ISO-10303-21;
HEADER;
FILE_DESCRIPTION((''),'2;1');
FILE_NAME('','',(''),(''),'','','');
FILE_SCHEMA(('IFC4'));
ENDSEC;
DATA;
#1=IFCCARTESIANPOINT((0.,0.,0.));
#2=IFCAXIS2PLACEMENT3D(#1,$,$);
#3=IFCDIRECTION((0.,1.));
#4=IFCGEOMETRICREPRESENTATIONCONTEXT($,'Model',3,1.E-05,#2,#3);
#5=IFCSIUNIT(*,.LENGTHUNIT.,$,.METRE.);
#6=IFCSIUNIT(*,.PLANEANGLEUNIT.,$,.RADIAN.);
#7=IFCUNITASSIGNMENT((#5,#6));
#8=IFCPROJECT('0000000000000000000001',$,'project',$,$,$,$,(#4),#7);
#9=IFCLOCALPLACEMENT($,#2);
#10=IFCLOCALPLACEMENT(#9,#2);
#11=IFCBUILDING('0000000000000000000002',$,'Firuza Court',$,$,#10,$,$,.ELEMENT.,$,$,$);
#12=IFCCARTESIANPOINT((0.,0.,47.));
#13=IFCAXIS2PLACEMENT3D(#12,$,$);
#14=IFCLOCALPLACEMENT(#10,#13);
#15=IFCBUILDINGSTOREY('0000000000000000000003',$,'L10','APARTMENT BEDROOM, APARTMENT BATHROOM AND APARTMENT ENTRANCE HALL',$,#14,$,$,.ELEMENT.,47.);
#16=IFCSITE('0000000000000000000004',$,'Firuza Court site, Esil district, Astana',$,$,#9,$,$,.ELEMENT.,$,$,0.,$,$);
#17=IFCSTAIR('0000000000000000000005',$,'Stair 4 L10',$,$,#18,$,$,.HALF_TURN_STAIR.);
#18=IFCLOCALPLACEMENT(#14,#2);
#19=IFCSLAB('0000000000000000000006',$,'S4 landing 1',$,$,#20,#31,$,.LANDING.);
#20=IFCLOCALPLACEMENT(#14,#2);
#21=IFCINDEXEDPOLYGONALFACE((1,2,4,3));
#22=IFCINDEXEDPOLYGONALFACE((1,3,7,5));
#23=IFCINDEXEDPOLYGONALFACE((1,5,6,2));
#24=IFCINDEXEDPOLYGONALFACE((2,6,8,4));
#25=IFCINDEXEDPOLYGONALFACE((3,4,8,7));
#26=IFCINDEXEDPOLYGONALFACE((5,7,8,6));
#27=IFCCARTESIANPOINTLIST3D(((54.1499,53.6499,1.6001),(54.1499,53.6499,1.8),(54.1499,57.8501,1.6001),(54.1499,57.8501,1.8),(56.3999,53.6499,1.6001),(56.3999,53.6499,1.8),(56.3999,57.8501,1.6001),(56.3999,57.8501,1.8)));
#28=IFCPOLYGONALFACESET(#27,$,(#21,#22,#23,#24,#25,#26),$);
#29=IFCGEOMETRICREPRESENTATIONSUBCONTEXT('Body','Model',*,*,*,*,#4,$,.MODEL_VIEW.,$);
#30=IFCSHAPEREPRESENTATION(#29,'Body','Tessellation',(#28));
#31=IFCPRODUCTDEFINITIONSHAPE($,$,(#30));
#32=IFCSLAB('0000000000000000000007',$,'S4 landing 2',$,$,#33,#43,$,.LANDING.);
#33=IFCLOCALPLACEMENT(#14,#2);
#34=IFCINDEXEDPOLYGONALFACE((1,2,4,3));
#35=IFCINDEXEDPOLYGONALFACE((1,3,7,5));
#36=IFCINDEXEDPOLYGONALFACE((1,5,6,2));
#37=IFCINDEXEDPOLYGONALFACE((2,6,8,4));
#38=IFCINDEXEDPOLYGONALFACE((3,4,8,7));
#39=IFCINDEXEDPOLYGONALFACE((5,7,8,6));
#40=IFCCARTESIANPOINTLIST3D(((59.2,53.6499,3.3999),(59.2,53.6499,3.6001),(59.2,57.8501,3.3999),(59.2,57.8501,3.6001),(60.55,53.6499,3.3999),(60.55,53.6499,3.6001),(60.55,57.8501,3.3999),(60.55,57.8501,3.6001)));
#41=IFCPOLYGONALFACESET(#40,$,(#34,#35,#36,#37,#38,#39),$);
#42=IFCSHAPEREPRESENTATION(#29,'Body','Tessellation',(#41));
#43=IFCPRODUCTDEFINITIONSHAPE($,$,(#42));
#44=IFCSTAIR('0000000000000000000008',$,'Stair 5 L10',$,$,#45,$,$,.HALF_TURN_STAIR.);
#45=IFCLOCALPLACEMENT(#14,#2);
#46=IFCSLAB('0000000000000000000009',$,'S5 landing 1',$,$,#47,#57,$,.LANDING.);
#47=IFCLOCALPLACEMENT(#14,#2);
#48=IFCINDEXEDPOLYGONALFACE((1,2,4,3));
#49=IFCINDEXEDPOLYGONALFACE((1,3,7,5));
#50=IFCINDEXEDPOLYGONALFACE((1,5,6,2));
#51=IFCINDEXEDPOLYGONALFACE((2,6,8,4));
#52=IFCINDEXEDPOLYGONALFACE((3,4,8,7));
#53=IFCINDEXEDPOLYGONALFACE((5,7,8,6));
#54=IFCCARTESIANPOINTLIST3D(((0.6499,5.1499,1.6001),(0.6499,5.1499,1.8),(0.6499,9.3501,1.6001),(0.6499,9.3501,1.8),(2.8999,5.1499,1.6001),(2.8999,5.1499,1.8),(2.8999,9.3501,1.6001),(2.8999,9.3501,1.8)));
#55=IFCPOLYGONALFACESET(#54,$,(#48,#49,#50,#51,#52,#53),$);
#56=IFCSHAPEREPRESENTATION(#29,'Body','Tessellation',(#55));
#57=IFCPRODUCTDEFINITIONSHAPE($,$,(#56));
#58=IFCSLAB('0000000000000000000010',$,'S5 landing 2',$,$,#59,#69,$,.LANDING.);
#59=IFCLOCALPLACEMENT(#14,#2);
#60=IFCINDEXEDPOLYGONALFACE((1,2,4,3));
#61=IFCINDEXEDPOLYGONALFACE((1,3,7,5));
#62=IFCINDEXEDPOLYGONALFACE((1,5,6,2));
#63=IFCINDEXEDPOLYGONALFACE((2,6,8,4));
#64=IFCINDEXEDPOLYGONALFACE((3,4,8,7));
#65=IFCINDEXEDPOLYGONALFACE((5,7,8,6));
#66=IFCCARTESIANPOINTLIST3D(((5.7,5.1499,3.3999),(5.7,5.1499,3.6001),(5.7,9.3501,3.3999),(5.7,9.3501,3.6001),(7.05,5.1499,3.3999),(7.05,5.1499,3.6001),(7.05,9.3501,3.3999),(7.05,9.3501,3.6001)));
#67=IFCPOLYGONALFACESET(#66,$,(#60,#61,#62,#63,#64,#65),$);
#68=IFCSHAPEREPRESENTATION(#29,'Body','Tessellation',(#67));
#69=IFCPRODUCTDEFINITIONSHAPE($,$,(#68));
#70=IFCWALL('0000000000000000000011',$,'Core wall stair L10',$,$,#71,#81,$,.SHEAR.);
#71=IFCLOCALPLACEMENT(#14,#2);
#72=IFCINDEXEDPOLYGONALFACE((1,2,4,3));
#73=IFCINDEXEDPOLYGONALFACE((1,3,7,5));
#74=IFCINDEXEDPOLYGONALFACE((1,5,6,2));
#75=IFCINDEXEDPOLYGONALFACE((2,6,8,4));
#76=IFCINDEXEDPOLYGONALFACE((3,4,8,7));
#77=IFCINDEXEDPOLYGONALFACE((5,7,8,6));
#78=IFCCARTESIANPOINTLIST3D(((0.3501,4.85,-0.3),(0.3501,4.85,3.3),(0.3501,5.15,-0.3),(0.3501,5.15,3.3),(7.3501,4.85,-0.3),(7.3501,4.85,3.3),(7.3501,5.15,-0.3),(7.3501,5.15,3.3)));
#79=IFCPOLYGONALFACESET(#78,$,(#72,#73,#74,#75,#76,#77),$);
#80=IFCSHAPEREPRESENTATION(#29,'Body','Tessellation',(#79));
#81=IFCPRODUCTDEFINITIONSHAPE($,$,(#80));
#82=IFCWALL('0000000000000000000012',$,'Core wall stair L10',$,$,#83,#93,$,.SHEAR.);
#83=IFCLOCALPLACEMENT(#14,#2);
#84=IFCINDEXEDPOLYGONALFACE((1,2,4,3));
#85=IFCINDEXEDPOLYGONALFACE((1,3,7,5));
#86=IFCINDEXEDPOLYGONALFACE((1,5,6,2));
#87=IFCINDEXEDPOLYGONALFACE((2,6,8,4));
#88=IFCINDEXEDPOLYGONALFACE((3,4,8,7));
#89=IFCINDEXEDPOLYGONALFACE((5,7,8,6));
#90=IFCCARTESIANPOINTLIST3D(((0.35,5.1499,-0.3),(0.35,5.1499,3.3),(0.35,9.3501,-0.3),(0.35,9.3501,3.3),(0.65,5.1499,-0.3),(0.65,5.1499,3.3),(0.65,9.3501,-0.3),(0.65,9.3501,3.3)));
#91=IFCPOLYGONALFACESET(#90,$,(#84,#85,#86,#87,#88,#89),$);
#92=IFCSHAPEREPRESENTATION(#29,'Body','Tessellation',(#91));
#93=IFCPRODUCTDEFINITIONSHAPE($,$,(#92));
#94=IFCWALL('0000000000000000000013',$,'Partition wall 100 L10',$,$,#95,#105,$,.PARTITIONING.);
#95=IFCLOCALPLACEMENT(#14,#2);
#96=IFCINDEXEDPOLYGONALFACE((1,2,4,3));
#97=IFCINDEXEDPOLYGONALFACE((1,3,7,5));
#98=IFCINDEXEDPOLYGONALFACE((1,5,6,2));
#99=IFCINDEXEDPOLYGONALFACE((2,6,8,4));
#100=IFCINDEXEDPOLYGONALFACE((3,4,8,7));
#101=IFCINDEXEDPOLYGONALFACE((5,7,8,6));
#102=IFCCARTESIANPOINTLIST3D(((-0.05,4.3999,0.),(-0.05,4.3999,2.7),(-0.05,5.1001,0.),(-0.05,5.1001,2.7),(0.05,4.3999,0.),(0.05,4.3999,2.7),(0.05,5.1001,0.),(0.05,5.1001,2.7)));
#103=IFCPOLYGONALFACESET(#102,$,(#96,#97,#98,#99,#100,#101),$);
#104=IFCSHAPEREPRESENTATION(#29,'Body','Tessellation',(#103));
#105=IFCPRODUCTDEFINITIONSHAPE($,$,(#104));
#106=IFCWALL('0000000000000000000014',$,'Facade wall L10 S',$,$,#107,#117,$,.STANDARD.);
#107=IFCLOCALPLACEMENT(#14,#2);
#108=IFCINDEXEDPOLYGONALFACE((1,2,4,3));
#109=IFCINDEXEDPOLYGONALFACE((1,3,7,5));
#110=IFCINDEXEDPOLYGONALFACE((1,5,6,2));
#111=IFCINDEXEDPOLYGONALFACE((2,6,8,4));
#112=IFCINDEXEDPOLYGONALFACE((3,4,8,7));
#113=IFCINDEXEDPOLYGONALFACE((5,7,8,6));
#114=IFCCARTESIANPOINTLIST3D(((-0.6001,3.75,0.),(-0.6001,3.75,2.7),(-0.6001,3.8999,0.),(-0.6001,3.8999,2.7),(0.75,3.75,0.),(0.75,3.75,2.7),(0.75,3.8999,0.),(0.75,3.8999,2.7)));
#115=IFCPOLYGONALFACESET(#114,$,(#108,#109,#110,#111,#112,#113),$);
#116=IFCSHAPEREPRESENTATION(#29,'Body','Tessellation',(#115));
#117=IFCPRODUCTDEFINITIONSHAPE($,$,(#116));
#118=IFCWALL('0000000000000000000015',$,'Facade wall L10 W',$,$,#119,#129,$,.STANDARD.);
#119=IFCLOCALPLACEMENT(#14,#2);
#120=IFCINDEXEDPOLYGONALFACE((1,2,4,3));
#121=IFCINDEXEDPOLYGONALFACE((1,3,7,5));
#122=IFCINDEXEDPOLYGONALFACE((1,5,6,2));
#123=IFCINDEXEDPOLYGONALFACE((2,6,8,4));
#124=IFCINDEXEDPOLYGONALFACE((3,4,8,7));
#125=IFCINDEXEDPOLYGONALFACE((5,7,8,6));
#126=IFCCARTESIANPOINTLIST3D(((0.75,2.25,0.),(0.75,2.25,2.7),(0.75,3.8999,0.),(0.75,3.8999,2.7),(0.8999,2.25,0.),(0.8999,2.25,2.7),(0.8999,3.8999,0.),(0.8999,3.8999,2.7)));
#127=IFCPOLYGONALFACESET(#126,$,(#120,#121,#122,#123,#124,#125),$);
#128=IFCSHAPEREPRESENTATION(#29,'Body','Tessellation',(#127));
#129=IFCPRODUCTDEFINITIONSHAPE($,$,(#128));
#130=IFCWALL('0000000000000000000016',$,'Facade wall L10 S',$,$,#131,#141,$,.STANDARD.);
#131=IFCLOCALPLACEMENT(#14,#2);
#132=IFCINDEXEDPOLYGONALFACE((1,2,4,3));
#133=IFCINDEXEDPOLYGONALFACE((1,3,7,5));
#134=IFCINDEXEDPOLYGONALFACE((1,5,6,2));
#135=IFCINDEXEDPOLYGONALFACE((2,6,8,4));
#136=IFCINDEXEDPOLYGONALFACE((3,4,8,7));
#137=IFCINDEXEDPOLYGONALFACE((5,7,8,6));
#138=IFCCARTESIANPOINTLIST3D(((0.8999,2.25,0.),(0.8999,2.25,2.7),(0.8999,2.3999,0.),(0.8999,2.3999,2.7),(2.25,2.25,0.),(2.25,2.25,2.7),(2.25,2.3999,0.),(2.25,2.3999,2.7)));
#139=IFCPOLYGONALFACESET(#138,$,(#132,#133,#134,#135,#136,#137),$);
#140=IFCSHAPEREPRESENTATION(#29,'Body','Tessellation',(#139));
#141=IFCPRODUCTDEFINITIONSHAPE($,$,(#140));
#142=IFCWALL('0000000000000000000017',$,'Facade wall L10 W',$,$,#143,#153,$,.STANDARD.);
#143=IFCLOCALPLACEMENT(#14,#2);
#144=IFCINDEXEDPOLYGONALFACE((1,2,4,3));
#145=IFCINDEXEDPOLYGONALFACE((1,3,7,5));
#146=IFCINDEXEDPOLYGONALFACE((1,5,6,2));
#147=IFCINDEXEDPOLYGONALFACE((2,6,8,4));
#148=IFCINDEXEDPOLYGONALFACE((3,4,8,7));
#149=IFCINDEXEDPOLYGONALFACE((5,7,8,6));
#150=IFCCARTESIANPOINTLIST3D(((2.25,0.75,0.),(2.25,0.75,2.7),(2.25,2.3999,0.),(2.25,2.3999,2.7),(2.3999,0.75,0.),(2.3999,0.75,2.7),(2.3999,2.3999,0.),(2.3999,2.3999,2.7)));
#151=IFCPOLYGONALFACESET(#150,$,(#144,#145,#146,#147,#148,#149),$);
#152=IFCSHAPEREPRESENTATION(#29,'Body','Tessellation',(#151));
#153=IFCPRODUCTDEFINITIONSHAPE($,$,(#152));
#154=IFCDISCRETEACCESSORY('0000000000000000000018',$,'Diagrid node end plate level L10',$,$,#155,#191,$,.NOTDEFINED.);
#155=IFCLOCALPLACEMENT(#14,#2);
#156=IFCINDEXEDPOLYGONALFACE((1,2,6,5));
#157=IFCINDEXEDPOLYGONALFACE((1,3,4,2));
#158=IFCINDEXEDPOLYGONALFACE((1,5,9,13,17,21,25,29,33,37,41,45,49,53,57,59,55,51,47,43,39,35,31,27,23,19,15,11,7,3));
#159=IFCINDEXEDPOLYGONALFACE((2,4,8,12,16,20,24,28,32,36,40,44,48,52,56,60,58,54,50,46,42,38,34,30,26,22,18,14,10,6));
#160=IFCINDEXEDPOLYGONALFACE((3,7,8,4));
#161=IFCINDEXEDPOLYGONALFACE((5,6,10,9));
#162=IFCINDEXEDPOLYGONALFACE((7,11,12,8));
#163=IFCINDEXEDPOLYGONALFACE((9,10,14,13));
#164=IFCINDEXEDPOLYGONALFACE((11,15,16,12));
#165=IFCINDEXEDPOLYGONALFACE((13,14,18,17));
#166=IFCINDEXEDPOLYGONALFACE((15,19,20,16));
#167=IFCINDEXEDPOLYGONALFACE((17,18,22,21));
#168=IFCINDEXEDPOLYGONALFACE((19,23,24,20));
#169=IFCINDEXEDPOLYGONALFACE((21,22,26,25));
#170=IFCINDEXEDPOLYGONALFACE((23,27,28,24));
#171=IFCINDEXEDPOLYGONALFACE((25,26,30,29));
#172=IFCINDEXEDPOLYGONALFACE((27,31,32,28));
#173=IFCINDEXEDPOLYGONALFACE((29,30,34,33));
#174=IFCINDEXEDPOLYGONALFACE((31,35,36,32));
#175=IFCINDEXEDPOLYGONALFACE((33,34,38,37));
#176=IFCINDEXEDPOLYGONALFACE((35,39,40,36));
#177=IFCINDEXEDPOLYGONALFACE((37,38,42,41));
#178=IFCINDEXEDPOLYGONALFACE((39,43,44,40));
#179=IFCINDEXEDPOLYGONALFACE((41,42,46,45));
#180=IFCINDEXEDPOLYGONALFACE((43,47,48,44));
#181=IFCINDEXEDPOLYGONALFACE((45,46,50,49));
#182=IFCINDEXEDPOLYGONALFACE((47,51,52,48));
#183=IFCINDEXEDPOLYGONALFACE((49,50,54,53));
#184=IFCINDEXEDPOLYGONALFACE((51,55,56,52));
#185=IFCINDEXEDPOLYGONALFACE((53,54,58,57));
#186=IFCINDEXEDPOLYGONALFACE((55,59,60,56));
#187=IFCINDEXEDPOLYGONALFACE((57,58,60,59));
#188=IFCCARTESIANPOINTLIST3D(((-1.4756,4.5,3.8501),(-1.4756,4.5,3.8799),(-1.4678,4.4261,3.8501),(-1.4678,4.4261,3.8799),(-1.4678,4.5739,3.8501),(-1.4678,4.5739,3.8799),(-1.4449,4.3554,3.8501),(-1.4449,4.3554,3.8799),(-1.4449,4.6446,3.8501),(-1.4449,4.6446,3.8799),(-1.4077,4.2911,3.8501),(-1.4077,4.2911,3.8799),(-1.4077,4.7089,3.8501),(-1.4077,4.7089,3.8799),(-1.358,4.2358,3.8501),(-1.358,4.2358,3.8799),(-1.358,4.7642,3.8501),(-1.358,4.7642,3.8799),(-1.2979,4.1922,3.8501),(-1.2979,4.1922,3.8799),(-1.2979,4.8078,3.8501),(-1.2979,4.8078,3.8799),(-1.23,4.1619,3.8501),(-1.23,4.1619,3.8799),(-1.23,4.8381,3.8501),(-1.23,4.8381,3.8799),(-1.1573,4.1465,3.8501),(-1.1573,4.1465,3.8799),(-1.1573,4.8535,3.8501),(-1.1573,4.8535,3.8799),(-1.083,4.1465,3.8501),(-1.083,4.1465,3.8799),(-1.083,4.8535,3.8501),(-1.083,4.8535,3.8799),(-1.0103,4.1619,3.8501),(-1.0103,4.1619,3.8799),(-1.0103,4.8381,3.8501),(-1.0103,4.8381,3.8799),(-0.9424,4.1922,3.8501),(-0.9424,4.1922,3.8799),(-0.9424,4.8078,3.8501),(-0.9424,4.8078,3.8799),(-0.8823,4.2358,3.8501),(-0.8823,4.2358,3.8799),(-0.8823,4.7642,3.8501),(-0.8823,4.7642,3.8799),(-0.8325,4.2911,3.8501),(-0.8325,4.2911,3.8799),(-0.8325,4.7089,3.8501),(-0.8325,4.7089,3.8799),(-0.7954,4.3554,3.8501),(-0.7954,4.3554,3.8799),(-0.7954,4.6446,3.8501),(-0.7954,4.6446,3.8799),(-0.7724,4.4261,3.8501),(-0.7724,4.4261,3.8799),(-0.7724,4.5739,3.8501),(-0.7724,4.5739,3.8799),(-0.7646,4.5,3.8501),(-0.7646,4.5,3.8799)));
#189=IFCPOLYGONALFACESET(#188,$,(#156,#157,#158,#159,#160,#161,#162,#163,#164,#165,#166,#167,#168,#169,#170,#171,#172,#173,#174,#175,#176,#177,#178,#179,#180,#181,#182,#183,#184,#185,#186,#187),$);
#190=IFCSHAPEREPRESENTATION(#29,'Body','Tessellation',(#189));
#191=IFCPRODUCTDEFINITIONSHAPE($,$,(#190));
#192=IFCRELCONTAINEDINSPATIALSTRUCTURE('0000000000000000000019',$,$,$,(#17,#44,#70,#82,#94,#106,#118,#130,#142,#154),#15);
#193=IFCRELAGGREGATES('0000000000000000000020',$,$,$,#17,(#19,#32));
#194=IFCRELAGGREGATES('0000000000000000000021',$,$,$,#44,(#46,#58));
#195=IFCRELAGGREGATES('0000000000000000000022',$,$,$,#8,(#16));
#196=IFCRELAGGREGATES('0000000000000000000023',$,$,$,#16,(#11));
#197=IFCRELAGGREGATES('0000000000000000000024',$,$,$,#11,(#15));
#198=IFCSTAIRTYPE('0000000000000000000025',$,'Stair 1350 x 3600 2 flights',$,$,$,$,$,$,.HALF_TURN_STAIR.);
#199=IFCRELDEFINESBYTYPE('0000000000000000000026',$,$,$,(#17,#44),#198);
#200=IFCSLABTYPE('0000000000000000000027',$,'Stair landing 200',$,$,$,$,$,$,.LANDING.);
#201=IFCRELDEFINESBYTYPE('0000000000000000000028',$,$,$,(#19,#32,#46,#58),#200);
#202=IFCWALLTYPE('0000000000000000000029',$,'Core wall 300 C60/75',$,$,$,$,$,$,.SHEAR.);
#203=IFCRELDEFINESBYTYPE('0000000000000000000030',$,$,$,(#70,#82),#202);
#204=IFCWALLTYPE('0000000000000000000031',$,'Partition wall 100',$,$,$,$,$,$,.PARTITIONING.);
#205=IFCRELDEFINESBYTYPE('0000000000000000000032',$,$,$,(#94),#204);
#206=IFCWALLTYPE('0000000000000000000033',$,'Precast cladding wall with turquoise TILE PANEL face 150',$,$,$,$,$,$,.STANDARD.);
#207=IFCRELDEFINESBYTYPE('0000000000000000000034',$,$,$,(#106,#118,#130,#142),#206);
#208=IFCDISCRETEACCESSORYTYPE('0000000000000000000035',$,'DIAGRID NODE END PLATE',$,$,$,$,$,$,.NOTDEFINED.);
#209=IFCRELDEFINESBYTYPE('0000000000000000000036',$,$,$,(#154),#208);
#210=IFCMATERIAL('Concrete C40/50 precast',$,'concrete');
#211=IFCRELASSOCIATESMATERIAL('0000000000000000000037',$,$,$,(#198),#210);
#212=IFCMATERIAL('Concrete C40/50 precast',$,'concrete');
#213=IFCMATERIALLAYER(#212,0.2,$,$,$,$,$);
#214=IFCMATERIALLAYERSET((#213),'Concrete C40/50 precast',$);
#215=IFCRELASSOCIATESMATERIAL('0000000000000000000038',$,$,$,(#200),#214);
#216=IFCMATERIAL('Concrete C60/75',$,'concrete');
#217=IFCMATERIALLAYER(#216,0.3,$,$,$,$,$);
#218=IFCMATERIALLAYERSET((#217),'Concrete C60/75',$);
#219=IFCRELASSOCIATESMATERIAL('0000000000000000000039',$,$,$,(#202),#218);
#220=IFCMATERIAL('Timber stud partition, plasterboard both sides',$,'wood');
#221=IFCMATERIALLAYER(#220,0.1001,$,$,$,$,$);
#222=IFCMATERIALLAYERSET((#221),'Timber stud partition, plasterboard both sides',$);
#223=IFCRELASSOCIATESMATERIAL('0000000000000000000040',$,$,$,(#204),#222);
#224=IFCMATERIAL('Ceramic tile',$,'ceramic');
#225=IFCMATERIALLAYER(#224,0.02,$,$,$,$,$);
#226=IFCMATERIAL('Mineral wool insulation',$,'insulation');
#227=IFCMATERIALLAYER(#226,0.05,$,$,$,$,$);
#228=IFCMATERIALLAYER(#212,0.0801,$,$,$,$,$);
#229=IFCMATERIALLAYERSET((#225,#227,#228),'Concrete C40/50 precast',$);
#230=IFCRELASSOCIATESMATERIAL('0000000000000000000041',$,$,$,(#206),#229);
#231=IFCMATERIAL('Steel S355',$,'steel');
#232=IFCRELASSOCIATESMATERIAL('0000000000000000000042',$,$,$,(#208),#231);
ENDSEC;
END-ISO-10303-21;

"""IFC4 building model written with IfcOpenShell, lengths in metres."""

from ifc_helpers import new_model, si_unit, direction, frame, frame_2d, origin, origin_2d, place, context, subcontext, project, spatial, polyline, rectangle, circle, outline, extrude, material, layer, layer_set, material_profile, profile_set, type_object, element, aggregate, save


model = new_model("IFC4")

# Units and contexts
model_context = context("Model", 3, precision=1e-05, world=origin(), true_north=direction((0.0, 1.0)))
body_context = subcontext(model_context, "Body", "Model", "MODEL_VIEW")
ifc_project = project(units=[si_unit("LENGTHUNIT", "METRE"), si_unit("PLANEANGLEUNIT", "RADIAN")], contexts=[model_context])

# Site, building, storey
site_placement = place(None, origin())
site = spatial("IfcSite", under=ifc_project, at=site_placement, Name="Firuza Court site, Esil district, Astana", CompositionType="ELEMENT", RefElevation=0.0)
building_placement = place(site_placement, origin())
building = spatial("IfcBuilding", under=site, at=building_placement, Name="Firuza Court", CompositionType="ELEMENT")
storey_placement = place(building_placement, frame((0.0, 0.0, 47.0)))
storey = spatial("IfcBuildingStorey", under=building, at=storey_placement, Name="L10", Description="APARTMENT BEDROOM, APARTMENT BATHROOM AND APARTMENT ENTRANCE HALL", CompositionType="ELEMENT", Elevation=47.0)

# Stairs, slabs
ifc_material_1 = material(Name="Concrete C40/50 precast", Category="concrete")
stair_type = type_object("IfcStairType", Name="Stair 1350 x 3600 2 flights", PredefinedType="HALF_TURN_STAIR", material=ifc_material_1)
ifc_material_2 = material(Name="Concrete C40/50 precast", Category="concrete")
ifc_layer_1 = layer(ifc_material_2, 0.2)
ifc_layer_set_1 = layer_set([ifc_layer_1], Name="Concrete C40/50 precast")
slab_type_1 = type_object("IfcSlabType", Name="Stair landing 200", PredefinedType="LANDING", material=ifc_layer_set_1)
stair_1_placement = place(storey_placement, origin())
stair_1 = element("IfcStair", 1, at=stair_1_placement, inside=storey, type_object=stair_type, Name="Stair 4 L10", PredefinedType="HALF_TURN_STAIR")
slab_1_placement = place(storey_placement, frame((0.0, 0.0, 1.6001)))
slab_1 = element("IfcSlab", 2, at=slab_1_placement, type_object=slab_type_1, Name="S4 landing 1", PredefinedType="LANDING", context=body_context, shape_type="SweptSolid", body=[
    extrude(outline(polyline([(56.3999, 53.6499), (56.3999, 57.8501), (54.1499, 57.8501), (54.1499, 53.6499), (56.3999, 53.6499)])), origin(), (0.0, 0.0, 1.0), 0.2),
])
slab_2_placement = place(storey_placement, frame((0.0, 0.0, 3.3999)))
slab_2 = element("IfcSlab", 3, at=slab_2_placement, type_object=slab_type_1, Name="S4 landing 2", PredefinedType="LANDING", context=body_context, shape_type="SweptSolid", body=[
    extrude(outline(polyline([(60.55, 53.6499), (60.55, 57.8501), (59.2, 57.8501), (59.2, 53.6499), (60.55, 53.6499)])), origin(), (0.0, 0.0, 1.0), 0.2002),
])
aggregate(stair_1, [slab_1, slab_2])
stair_2_placement = place(storey_placement, origin())
stair_2 = element("IfcStair", 4, at=stair_2_placement, inside=storey, type_object=stair_type, Name="Stair 5 L10", PredefinedType="HALF_TURN_STAIR")
slab_3_placement = place(storey_placement, frame((0.0, 0.0, 1.6001)))
slab_3 = element("IfcSlab", 5, at=slab_3_placement, type_object=slab_type_1, Name="S5 landing 1", PredefinedType="LANDING", context=body_context, shape_type="SweptSolid", body=[
    extrude(outline(polyline([(2.8999, 5.1499), (2.8999, 9.3501), (0.6499, 9.3501), (0.6499, 5.1499), (2.8999, 5.1499)])), origin(), (0.0, 0.0, 1.0), 0.2),
])
slab_4_placement = place(storey_placement, frame((0.0, 0.0, 3.3999)))
slab_4 = element("IfcSlab", 6, at=slab_4_placement, type_object=slab_type_1, Name="S5 landing 2", PredefinedType="LANDING", context=body_context, shape_type="SweptSolid", body=[
    extrude(outline(polyline([(7.05, 5.1499), (7.05, 9.3501), (5.7, 9.3501), (5.7, 5.1499), (7.05, 5.1499)])), origin(), (0.0, 0.0, 1.0), 0.2002),
])
aggregate(stair_2, [slab_3, slab_4])

# Walls
ifc_material_3 = material(Name="Concrete C60/75", Category="concrete")
ifc_layer_2 = layer(ifc_material_3, 0.3)
ifc_layer_set_2 = layer_set([ifc_layer_2], Name="Concrete C60/75")
wall_type_1 = type_object("IfcWallType", Name="Core wall 300 C60/75", PredefinedType="SHEAR", material=ifc_layer_set_2)
wall_1_placement = place(storey_placement, frame((0.3501, 5.0, -0.3), z_axis=(0.0, 0.0, 1.0), x_axis=(1.0, 0.0, 0.0)))
element("IfcWall", 7, at=wall_1_placement, inside=storey, type_object=wall_type_1, Name="Core wall stair L10", PredefinedType="SHEAR", context=body_context, shape_type="SweptSolid", body=[
    extrude(rectangle(XDim=7.0, YDim=0.3, at=frame_2d((3.5, 0.0))), origin(), (0.0, 0.0, 1.0), 3.6001),
])
wall_2_placement = place(storey_placement, frame((0.5, 5.1499, -0.3), z_axis=(0.0, 0.0, 1.0), x_axis=(0.0, 1.0, 0.0)))
element("IfcWall", 8, at=wall_2_placement, inside=storey, type_object=wall_type_1, Name="Core wall stair L10", PredefinedType="SHEAR", context=body_context, shape_type="SweptSolid", body=[
    extrude(rectangle(XDim=4.2002, YDim=0.3, at=frame_2d((2.1001, 0.0))), origin(), (0.0, 0.0, 1.0), 3.6001),
])
ifc_material_4 = material(Name="Timber stud partition, plasterboard both sides", Category="wood")
ifc_layer_3 = layer(ifc_material_4, 0.1001)
ifc_layer_set_3 = layer_set([ifc_layer_3], Name="Timber stud partition, plasterboard both sides")
wall_type_2 = type_object("IfcWallType", Name="Partition wall 100", PredefinedType="PARTITIONING", material=ifc_layer_set_3)
wall_3_placement = place(storey_placement, frame((0.0, 4.3999, 0.0), z_axis=(0.0, 0.0, 1.0), x_axis=(0.0, 1.0, 0.0)))
element("IfcWall", 9, at=wall_3_placement, inside=storey, type_object=wall_type_2, Name="Partition wall 100 L10", PredefinedType="PARTITIONING", context=body_context, shape_type="SweptSolid", body=[
    extrude(rectangle(XDim=0.7002, YDim=0.1001, at=frame_2d((0.3501, 0.0))), origin(), (0.0, 0.0, 1.0), 2.7),
])
ifc_material_5 = material(Name="Ceramic tile", Category="ceramic")
ifc_layer_4 = layer(ifc_material_5, 0.02)
ifc_material_6 = material(Name="Mineral wool insulation", Category="insulation")
ifc_layer_5 = layer(ifc_material_6, 0.05)
ifc_layer_6 = layer(ifc_material_2, 0.0801)
ifc_layer_set_4 = layer_set([ifc_layer_4, ifc_layer_5, ifc_layer_6], Name="Concrete C40/50 precast")
wall_type_3 = type_object("IfcWallType", Name="Precast cladding wall with turquoise TILE PANEL face 150", PredefinedType="STANDARD", material=ifc_layer_set_4)
wall_4_placement = place(storey_placement, frame((-0.6001, 3.825, 0.0), z_axis=(0.0, 0.0, 1.0), x_axis=(1.0, 0.0, 0.0)))
element("IfcWall", 10, at=wall_4_placement, inside=storey, type_object=wall_type_3, Name="Facade wall L10 S", PredefinedType="STANDARD", context=body_context, shape_type="SweptSolid", body=[
    extrude(rectangle(XDim=1.3501, YDim=0.1499, at=frame_2d((0.675, 0.0))), origin(), (0.0, 0.0, 1.0), 2.7),
])
wall_5_placement = place(storey_placement, frame((0.825, 3.8999, 0.0), z_axis=(0.0, 0.0, 1.0), x_axis=(0.0, -1.0, 0.0)))
element("IfcWall", 11, at=wall_5_placement, inside=storey, type_object=wall_type_3, Name="Facade wall L10 W", PredefinedType="STANDARD", context=body_context, shape_type="SweptSolid", body=[
    extrude(rectangle(XDim=1.6499, YDim=0.1499, at=frame_2d((0.825, 0.0))), origin(), (0.0, 0.0, 1.0), 2.7),
])
wall_6_placement = place(storey_placement, frame((0.8999, 2.325, 0.0), z_axis=(0.0, 0.0, 1.0), x_axis=(1.0, 0.0, 0.0)))
element("IfcWall", 12, at=wall_6_placement, inside=storey, type_object=wall_type_3, Name="Facade wall L10 S", PredefinedType="STANDARD", context=body_context, shape_type="SweptSolid", body=[
    extrude(rectangle(XDim=1.3501, YDim=0.1499, at=frame_2d((0.675, 0.0))), origin(), (0.0, 0.0, 1.0), 2.7),
])
wall_7_placement = place(storey_placement, frame((2.325, 2.3999, 0.0), z_axis=(0.0, 0.0, 1.0), x_axis=(0.0, -1.0, 0.0)))
element("IfcWall", 13, at=wall_7_placement, inside=storey, type_object=wall_type_3, Name="Facade wall L10 W", PredefinedType="STANDARD", context=body_context, shape_type="SweptSolid", body=[
    extrude(rectangle(XDim=1.6499, YDim=0.1499, at=frame_2d((0.825, 0.0))), origin(), (0.0, 0.0, 1.0), 2.7),
])

# Discrete accessory
ifc_material_7 = material(Name="Steel S355", Category="steel")
ifc_material_profile_1 = material_profile(ifc_material_7, circle(Radius=0.3555, at=origin_2d()), Name="PL D711")
ifc_profile_set_1 = profile_set([ifc_material_profile_1], Name="Steel S355")
discrete_accessory_type = type_object("IfcDiscreteAccessoryType", Name="DIAGRID NODE END PLATE", PredefinedType="NOTDEFINED", material=ifc_profile_set_1)
discrete_accessory_1_placement = place(storey_placement, frame((-1.1201, 4.5, 3.8501), z_axis=(0.0, 0.0, 1.0), x_axis=(1.0, 0.0, 0.0)))
element("IfcDiscreteAccessory", 14, at=discrete_accessory_1_placement, inside=storey, type_object=discrete_accessory_type, Name="Diagrid node end plate level L10", PredefinedType="NOTDEFINED", context=body_context, shape_type="SweptSolid", body=[
    extrude(circle(Radius=0.3555, at=origin_2d()), origin(), (0.0, 0.0, 1.0), 0.0298),
])

save(model, "model.ifc")
